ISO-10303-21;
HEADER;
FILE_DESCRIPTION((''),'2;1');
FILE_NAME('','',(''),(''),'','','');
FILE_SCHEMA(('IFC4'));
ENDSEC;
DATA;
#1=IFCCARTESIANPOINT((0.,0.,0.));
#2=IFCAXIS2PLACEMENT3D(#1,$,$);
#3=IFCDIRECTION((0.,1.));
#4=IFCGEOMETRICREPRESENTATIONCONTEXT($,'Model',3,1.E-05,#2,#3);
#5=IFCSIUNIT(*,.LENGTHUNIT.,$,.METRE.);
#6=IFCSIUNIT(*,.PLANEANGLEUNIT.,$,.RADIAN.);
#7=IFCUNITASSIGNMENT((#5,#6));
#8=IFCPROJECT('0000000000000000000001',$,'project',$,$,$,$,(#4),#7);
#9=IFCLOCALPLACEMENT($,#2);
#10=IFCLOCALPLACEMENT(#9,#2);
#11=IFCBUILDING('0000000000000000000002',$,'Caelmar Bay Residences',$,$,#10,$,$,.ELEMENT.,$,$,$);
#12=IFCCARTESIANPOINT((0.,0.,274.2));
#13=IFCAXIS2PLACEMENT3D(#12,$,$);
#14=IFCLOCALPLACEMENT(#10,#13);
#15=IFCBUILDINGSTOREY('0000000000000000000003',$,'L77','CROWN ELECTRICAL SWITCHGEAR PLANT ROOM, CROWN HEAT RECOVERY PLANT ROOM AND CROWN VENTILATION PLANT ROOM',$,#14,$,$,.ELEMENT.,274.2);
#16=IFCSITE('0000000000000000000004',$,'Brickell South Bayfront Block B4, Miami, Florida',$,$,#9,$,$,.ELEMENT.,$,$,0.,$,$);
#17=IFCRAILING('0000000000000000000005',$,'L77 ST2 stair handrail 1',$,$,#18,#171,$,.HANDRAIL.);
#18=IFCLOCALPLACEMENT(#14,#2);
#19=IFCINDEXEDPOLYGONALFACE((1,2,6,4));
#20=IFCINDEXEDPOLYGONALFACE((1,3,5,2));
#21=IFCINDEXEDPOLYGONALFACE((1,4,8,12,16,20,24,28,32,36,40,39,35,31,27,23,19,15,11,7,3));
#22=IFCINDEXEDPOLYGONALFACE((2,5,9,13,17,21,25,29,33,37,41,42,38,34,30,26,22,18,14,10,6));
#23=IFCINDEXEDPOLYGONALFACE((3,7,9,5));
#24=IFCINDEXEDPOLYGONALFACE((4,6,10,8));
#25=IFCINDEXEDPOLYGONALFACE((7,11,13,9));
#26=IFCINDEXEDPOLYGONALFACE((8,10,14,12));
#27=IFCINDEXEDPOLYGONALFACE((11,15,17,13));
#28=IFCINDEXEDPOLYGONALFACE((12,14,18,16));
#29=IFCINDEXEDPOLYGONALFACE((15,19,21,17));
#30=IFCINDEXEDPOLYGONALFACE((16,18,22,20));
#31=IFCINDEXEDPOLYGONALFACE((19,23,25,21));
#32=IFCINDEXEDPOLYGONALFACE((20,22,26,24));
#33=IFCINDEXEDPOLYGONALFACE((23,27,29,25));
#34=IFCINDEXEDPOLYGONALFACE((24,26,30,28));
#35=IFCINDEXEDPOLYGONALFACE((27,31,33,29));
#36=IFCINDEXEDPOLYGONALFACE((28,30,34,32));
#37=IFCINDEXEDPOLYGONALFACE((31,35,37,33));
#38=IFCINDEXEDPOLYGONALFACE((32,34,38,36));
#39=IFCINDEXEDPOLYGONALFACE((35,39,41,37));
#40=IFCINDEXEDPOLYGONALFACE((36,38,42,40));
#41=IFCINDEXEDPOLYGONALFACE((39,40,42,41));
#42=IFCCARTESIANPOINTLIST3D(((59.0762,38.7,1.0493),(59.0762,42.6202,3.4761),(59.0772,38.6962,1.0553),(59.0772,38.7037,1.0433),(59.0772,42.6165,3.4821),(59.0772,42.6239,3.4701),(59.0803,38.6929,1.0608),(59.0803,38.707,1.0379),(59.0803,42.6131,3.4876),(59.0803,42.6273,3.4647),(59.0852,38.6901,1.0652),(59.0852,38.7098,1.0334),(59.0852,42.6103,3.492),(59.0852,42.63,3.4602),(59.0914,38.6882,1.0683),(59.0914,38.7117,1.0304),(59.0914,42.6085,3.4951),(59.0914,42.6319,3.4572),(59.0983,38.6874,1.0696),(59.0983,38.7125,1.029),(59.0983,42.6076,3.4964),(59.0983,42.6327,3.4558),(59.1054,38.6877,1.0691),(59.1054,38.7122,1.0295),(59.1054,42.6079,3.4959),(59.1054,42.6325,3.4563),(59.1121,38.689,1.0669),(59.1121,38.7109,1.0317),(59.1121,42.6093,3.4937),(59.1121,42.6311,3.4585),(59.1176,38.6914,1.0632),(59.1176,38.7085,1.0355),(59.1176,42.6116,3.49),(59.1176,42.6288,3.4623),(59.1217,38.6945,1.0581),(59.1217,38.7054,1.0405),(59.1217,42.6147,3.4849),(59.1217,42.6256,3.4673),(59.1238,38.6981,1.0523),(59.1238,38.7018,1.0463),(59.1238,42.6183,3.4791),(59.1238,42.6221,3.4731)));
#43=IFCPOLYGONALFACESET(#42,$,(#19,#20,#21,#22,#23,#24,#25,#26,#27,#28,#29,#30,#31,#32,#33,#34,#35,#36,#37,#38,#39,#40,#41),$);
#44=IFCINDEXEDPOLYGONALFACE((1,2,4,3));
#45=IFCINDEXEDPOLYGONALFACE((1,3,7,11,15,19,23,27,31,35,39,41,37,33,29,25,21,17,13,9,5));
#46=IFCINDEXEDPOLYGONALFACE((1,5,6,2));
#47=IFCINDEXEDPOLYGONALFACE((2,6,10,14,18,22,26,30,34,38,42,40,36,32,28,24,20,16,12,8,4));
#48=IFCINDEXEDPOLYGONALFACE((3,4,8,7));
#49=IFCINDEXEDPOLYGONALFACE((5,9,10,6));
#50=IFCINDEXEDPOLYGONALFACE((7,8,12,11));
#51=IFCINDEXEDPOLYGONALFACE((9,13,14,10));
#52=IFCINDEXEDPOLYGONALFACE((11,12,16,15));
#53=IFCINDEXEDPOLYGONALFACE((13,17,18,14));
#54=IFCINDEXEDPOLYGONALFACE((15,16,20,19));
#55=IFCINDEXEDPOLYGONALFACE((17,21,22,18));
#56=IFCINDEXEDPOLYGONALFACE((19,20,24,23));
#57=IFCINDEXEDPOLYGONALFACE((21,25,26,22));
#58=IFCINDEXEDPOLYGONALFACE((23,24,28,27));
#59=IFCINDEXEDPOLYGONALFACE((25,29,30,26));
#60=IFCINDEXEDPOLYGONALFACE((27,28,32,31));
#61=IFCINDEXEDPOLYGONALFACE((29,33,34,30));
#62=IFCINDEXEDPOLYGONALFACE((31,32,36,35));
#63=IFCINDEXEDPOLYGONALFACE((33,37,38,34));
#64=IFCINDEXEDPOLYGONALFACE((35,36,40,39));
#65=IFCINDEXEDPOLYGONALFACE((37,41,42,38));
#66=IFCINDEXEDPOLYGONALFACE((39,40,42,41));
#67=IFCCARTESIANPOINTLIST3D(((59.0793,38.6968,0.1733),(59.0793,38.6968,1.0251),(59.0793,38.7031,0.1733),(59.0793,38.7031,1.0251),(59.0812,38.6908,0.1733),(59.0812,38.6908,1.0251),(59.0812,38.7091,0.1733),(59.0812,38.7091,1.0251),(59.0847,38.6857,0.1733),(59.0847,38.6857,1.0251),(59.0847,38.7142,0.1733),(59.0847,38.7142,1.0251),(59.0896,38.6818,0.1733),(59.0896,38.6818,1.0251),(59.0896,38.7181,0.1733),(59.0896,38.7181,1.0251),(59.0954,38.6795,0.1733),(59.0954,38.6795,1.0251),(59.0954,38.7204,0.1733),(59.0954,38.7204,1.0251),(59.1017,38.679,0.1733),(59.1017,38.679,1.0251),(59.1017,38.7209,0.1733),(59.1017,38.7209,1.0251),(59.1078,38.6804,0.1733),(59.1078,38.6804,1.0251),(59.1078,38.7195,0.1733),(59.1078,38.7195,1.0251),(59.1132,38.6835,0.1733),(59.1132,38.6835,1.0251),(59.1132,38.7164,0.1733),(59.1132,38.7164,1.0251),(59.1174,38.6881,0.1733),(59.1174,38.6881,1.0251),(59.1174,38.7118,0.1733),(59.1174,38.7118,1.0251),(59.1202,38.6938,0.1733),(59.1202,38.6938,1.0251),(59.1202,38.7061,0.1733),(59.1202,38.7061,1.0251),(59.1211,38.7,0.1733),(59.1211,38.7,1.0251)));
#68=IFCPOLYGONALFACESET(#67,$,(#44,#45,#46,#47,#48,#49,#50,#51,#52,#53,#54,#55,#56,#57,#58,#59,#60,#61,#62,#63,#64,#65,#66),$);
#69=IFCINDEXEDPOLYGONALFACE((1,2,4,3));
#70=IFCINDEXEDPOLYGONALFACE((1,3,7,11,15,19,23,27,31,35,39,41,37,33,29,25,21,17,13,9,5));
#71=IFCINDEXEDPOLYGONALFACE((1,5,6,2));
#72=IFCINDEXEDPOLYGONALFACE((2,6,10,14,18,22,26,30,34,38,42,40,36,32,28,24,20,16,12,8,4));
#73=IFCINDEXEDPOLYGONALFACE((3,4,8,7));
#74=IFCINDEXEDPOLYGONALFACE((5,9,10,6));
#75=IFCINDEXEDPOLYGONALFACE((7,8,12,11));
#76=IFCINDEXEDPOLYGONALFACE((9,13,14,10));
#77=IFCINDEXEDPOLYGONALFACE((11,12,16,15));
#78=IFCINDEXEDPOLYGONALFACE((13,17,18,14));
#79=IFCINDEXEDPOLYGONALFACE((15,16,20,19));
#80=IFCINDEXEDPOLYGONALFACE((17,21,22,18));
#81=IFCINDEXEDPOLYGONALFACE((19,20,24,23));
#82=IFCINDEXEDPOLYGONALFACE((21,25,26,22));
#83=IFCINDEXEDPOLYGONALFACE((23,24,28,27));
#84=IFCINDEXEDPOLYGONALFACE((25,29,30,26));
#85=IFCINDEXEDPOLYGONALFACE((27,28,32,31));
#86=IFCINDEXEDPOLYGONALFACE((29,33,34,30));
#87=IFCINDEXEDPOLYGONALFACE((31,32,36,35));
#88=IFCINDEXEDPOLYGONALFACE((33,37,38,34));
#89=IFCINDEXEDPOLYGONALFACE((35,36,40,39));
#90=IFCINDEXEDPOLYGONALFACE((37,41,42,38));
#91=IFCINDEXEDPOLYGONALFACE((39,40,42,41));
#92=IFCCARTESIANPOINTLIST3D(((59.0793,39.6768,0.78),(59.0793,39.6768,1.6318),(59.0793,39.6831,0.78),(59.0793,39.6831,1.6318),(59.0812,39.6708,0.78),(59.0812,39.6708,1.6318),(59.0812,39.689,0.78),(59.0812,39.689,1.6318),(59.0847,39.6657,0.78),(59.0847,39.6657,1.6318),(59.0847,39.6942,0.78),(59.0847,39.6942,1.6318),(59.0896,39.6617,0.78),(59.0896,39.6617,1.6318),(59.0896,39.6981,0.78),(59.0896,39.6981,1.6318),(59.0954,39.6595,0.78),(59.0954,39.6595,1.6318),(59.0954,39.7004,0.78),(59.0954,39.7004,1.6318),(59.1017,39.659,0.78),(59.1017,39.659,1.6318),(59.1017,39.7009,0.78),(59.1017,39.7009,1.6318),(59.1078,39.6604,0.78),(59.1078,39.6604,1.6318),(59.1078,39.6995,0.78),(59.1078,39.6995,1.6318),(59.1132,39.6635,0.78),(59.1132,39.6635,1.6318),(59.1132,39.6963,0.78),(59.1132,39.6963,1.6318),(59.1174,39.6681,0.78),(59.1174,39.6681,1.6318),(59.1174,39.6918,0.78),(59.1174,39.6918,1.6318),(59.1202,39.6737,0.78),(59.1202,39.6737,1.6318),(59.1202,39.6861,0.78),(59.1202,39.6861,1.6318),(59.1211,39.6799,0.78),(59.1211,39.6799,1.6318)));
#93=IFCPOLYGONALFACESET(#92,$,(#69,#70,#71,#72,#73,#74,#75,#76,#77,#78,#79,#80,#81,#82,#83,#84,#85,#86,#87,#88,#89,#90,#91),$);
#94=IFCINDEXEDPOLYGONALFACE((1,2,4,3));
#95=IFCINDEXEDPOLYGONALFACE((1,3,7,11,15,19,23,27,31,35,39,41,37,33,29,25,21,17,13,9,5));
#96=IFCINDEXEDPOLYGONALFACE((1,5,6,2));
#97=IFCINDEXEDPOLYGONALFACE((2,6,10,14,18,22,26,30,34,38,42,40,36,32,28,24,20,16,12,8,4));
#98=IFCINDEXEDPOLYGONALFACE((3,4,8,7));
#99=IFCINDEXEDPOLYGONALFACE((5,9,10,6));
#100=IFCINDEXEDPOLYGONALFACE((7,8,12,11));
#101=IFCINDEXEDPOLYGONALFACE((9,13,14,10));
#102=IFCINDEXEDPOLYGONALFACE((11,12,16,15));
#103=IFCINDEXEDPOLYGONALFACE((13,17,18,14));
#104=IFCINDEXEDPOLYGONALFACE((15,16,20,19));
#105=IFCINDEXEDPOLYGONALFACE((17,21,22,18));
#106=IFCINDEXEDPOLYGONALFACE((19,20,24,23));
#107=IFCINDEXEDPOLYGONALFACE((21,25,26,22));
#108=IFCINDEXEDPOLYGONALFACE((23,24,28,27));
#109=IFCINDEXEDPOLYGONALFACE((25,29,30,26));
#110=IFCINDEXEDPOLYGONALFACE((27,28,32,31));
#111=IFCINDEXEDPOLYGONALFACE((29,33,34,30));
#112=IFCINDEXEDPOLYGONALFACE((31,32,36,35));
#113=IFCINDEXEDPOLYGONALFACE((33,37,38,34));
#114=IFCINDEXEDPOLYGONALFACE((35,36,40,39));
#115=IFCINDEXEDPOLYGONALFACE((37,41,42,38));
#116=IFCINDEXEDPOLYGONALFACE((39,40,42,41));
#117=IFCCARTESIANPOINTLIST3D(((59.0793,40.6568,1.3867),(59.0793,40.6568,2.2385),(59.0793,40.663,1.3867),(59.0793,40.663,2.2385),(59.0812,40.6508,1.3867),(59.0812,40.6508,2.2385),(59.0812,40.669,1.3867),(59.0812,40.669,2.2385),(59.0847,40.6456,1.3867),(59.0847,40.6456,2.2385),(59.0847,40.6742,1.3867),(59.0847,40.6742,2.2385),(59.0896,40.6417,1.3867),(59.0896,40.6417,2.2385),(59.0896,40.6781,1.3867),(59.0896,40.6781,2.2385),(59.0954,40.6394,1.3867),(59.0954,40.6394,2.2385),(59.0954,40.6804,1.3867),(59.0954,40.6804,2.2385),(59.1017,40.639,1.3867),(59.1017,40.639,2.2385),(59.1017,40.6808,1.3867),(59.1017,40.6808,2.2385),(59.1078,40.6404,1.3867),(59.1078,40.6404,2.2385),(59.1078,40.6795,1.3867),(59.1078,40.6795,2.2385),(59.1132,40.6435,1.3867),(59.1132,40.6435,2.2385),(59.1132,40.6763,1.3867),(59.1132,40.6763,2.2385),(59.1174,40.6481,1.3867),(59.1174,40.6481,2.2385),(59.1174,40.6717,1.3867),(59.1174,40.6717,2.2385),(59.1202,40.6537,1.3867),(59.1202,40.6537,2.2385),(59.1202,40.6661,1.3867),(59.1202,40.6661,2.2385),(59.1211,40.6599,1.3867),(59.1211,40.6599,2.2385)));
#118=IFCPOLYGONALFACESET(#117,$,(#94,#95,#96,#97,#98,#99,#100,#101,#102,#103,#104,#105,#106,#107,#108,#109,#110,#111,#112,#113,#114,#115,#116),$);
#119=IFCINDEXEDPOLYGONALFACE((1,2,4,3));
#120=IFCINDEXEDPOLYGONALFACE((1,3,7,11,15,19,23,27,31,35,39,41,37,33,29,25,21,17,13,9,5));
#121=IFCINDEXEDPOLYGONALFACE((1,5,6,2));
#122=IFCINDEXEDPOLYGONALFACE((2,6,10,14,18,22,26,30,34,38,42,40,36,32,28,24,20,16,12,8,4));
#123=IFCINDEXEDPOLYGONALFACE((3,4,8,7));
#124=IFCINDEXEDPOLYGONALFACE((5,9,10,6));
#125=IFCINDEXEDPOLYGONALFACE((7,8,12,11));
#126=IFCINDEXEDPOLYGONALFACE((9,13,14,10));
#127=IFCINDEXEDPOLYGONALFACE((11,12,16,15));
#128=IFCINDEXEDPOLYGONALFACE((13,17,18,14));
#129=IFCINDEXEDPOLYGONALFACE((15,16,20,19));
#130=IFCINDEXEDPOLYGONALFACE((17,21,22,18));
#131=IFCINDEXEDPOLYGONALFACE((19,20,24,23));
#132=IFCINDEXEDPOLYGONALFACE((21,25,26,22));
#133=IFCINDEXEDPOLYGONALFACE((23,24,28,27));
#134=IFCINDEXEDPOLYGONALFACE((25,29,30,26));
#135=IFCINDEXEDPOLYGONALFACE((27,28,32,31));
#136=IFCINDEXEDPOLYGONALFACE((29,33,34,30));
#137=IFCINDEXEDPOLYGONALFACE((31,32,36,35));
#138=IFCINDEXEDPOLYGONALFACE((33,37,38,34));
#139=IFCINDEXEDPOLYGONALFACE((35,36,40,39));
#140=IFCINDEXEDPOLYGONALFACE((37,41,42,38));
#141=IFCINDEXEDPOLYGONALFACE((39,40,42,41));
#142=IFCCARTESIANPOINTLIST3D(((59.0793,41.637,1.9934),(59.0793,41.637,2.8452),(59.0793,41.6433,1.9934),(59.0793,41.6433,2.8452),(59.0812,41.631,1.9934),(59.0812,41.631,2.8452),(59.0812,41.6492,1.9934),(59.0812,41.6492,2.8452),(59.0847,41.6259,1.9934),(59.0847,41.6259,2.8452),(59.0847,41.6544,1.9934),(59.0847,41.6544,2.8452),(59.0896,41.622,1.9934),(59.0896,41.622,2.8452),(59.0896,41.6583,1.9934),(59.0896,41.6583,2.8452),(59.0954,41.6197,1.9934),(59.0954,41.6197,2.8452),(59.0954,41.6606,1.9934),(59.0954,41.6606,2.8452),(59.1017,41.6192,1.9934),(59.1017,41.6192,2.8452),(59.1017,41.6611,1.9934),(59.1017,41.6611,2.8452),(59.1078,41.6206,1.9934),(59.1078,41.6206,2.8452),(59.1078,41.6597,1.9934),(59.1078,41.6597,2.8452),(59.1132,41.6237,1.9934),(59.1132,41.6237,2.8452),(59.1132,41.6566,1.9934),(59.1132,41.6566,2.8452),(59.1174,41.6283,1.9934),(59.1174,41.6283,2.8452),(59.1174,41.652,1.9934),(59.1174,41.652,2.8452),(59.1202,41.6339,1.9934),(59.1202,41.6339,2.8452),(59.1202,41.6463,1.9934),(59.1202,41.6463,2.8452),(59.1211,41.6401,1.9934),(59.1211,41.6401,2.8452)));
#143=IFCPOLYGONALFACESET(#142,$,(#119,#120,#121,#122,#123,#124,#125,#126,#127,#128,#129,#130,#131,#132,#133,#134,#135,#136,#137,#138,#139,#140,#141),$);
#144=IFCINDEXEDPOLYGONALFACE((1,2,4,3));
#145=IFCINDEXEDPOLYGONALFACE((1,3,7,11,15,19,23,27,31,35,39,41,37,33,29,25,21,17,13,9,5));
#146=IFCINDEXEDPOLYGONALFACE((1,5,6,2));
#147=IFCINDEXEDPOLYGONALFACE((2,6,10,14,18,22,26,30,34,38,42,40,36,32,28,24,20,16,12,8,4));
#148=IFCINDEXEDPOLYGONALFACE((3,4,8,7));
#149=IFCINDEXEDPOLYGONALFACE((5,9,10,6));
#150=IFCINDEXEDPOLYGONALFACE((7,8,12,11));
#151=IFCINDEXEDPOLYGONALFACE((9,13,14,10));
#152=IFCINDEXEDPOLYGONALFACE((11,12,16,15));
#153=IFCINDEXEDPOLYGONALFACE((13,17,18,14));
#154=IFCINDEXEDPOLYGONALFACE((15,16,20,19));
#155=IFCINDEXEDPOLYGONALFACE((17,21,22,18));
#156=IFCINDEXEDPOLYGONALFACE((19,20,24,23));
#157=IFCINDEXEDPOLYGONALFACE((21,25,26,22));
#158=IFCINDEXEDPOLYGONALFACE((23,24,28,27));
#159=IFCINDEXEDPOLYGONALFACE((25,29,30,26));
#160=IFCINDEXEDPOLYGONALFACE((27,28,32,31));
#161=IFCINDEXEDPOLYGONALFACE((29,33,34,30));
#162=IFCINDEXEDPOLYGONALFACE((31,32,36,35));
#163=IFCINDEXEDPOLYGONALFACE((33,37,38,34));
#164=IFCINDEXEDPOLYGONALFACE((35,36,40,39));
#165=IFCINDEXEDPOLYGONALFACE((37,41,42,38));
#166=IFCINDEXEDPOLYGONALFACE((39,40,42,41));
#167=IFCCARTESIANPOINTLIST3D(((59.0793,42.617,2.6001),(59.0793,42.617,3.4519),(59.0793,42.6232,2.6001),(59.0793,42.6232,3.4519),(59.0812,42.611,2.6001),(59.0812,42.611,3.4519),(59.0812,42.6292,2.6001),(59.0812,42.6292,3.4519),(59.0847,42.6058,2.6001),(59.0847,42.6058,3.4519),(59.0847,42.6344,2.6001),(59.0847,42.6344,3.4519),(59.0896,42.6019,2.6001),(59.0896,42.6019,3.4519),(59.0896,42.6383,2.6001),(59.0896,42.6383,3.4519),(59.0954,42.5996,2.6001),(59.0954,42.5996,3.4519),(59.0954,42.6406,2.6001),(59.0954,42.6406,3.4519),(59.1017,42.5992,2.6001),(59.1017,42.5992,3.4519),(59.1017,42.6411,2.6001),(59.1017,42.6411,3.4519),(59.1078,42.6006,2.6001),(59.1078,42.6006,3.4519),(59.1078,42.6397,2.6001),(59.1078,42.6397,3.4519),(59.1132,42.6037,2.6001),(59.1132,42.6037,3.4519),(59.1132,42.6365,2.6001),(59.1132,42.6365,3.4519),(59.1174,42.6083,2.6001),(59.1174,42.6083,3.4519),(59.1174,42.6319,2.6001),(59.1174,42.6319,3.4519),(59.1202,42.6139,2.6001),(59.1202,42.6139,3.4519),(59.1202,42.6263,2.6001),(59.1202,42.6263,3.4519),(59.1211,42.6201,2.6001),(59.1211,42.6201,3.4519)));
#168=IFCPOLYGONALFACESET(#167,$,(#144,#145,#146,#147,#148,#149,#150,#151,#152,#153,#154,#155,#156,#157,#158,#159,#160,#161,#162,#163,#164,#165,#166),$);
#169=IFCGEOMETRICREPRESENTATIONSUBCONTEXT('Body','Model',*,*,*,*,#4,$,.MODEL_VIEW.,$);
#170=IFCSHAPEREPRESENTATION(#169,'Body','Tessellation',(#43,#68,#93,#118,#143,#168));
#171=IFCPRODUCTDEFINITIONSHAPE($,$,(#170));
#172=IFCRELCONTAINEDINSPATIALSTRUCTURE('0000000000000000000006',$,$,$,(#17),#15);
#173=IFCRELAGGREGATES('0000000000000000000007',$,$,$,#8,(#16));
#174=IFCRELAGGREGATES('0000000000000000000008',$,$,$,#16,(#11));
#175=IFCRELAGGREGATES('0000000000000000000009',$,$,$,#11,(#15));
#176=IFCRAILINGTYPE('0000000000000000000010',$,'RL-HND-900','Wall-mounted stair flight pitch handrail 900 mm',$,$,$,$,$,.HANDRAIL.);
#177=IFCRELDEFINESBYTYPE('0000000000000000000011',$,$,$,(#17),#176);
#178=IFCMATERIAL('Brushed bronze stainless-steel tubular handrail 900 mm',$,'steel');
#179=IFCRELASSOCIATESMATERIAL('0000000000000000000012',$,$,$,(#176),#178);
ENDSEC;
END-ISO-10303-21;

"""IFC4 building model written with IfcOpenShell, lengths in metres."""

from ifc_helpers import new_model, si_unit, direction, frame, origin, origin_2d, place, context, subcontext, project, spatial, circle, extrude, material, type_object, element, save


model = new_model("IFC4")

# Units and contexts
model_context = context("Model", 3, precision=1e-05, world=origin(), true_north=direction((0.0, 1.0)))
body_context = subcontext(model_context, "Body", "Model", "MODEL_VIEW")
ifc_project = project(units=[si_unit("LENGTHUNIT", "METRE"), si_unit("PLANEANGLEUNIT", "RADIAN")], contexts=[model_context])

# Site, building, storey
site_placement = place(None, origin())
site = spatial("IfcSite", under=ifc_project, at=site_placement, Name="Brickell South Bayfront Block B4, Miami, Florida", CompositionType="ELEMENT", RefElevation=0.0)
building_placement = place(site_placement, origin())
building = spatial("IfcBuilding", under=site, at=building_placement, Name="Caelmar Bay Residences", CompositionType="ELEMENT")
storey_placement = place(building_placement, frame((0.0, 0.0, 274.2)))
storey = spatial("IfcBuildingStorey", under=building, at=storey_placement, Name="L77", Description="CROWN ELECTRICAL SWITCHGEAR PLANT ROOM, CROWN HEAT RECOVERY PLANT ROOM AND CROWN VENTILATION PLANT ROOM", CompositionType="ELEMENT", Elevation=274.2)

# Railing
ifc_material_1 = material(Name="Brushed bronze stainless-steel tubular handrail 900 mm", Category="steel")
railing_type_1 = type_object("IfcRailingType", Name="RL-HND-900", Description="Wall-mounted stair flight pitch handrail 900 mm", PredefinedType="HANDRAIL", material=ifc_material_1)
railing_1_placement = place(storey_placement, frame((59.1001, 38.7, 0.1733)))
element("IfcRailing", 1, at=railing_1_placement, inside=storey, type_object=railing_type_1, Name="L77 ST2 stair handrail 1", PredefinedType="HANDRAIL", context=body_context, shape_type="SweptSolid", body=[
    extrude(circle(Radius=0.0239, at=origin_2d()), frame((0.0, 0.0, 0.876), z_axis=(0.0, 0.850266, 0.526353), x_axis=(-1.0, 0.0, 0.0)), (0.0, 0.0, 1.0), 4.6106),
    extrude(circle(Radius=0.021, at=origin_2d()), origin(), (0.0, 0.0, 1.0), 0.8518),
    extrude(circle(Radius=0.021, at=origin_2d()), frame((0.0, 0.98, 0.6067)), (0.0, 0.0, 1.0), 0.8518),
    extrude(circle(Radius=0.021, at=origin_2d()), frame((0.0, 1.96, 1.2134)), (0.0, 0.0, 1.0), 0.8518),
    extrude(circle(Radius=0.021, at=origin_2d()), frame((0.0, 2.9402, 1.8201)), (0.0, 0.0, 1.0), 0.8518),
    extrude(circle(Radius=0.021, at=origin_2d()), frame((0.0, 3.9202, 2.4268)), (0.0, 0.0, 1.0), 0.8518),
])

save(model, "model.ifc")
